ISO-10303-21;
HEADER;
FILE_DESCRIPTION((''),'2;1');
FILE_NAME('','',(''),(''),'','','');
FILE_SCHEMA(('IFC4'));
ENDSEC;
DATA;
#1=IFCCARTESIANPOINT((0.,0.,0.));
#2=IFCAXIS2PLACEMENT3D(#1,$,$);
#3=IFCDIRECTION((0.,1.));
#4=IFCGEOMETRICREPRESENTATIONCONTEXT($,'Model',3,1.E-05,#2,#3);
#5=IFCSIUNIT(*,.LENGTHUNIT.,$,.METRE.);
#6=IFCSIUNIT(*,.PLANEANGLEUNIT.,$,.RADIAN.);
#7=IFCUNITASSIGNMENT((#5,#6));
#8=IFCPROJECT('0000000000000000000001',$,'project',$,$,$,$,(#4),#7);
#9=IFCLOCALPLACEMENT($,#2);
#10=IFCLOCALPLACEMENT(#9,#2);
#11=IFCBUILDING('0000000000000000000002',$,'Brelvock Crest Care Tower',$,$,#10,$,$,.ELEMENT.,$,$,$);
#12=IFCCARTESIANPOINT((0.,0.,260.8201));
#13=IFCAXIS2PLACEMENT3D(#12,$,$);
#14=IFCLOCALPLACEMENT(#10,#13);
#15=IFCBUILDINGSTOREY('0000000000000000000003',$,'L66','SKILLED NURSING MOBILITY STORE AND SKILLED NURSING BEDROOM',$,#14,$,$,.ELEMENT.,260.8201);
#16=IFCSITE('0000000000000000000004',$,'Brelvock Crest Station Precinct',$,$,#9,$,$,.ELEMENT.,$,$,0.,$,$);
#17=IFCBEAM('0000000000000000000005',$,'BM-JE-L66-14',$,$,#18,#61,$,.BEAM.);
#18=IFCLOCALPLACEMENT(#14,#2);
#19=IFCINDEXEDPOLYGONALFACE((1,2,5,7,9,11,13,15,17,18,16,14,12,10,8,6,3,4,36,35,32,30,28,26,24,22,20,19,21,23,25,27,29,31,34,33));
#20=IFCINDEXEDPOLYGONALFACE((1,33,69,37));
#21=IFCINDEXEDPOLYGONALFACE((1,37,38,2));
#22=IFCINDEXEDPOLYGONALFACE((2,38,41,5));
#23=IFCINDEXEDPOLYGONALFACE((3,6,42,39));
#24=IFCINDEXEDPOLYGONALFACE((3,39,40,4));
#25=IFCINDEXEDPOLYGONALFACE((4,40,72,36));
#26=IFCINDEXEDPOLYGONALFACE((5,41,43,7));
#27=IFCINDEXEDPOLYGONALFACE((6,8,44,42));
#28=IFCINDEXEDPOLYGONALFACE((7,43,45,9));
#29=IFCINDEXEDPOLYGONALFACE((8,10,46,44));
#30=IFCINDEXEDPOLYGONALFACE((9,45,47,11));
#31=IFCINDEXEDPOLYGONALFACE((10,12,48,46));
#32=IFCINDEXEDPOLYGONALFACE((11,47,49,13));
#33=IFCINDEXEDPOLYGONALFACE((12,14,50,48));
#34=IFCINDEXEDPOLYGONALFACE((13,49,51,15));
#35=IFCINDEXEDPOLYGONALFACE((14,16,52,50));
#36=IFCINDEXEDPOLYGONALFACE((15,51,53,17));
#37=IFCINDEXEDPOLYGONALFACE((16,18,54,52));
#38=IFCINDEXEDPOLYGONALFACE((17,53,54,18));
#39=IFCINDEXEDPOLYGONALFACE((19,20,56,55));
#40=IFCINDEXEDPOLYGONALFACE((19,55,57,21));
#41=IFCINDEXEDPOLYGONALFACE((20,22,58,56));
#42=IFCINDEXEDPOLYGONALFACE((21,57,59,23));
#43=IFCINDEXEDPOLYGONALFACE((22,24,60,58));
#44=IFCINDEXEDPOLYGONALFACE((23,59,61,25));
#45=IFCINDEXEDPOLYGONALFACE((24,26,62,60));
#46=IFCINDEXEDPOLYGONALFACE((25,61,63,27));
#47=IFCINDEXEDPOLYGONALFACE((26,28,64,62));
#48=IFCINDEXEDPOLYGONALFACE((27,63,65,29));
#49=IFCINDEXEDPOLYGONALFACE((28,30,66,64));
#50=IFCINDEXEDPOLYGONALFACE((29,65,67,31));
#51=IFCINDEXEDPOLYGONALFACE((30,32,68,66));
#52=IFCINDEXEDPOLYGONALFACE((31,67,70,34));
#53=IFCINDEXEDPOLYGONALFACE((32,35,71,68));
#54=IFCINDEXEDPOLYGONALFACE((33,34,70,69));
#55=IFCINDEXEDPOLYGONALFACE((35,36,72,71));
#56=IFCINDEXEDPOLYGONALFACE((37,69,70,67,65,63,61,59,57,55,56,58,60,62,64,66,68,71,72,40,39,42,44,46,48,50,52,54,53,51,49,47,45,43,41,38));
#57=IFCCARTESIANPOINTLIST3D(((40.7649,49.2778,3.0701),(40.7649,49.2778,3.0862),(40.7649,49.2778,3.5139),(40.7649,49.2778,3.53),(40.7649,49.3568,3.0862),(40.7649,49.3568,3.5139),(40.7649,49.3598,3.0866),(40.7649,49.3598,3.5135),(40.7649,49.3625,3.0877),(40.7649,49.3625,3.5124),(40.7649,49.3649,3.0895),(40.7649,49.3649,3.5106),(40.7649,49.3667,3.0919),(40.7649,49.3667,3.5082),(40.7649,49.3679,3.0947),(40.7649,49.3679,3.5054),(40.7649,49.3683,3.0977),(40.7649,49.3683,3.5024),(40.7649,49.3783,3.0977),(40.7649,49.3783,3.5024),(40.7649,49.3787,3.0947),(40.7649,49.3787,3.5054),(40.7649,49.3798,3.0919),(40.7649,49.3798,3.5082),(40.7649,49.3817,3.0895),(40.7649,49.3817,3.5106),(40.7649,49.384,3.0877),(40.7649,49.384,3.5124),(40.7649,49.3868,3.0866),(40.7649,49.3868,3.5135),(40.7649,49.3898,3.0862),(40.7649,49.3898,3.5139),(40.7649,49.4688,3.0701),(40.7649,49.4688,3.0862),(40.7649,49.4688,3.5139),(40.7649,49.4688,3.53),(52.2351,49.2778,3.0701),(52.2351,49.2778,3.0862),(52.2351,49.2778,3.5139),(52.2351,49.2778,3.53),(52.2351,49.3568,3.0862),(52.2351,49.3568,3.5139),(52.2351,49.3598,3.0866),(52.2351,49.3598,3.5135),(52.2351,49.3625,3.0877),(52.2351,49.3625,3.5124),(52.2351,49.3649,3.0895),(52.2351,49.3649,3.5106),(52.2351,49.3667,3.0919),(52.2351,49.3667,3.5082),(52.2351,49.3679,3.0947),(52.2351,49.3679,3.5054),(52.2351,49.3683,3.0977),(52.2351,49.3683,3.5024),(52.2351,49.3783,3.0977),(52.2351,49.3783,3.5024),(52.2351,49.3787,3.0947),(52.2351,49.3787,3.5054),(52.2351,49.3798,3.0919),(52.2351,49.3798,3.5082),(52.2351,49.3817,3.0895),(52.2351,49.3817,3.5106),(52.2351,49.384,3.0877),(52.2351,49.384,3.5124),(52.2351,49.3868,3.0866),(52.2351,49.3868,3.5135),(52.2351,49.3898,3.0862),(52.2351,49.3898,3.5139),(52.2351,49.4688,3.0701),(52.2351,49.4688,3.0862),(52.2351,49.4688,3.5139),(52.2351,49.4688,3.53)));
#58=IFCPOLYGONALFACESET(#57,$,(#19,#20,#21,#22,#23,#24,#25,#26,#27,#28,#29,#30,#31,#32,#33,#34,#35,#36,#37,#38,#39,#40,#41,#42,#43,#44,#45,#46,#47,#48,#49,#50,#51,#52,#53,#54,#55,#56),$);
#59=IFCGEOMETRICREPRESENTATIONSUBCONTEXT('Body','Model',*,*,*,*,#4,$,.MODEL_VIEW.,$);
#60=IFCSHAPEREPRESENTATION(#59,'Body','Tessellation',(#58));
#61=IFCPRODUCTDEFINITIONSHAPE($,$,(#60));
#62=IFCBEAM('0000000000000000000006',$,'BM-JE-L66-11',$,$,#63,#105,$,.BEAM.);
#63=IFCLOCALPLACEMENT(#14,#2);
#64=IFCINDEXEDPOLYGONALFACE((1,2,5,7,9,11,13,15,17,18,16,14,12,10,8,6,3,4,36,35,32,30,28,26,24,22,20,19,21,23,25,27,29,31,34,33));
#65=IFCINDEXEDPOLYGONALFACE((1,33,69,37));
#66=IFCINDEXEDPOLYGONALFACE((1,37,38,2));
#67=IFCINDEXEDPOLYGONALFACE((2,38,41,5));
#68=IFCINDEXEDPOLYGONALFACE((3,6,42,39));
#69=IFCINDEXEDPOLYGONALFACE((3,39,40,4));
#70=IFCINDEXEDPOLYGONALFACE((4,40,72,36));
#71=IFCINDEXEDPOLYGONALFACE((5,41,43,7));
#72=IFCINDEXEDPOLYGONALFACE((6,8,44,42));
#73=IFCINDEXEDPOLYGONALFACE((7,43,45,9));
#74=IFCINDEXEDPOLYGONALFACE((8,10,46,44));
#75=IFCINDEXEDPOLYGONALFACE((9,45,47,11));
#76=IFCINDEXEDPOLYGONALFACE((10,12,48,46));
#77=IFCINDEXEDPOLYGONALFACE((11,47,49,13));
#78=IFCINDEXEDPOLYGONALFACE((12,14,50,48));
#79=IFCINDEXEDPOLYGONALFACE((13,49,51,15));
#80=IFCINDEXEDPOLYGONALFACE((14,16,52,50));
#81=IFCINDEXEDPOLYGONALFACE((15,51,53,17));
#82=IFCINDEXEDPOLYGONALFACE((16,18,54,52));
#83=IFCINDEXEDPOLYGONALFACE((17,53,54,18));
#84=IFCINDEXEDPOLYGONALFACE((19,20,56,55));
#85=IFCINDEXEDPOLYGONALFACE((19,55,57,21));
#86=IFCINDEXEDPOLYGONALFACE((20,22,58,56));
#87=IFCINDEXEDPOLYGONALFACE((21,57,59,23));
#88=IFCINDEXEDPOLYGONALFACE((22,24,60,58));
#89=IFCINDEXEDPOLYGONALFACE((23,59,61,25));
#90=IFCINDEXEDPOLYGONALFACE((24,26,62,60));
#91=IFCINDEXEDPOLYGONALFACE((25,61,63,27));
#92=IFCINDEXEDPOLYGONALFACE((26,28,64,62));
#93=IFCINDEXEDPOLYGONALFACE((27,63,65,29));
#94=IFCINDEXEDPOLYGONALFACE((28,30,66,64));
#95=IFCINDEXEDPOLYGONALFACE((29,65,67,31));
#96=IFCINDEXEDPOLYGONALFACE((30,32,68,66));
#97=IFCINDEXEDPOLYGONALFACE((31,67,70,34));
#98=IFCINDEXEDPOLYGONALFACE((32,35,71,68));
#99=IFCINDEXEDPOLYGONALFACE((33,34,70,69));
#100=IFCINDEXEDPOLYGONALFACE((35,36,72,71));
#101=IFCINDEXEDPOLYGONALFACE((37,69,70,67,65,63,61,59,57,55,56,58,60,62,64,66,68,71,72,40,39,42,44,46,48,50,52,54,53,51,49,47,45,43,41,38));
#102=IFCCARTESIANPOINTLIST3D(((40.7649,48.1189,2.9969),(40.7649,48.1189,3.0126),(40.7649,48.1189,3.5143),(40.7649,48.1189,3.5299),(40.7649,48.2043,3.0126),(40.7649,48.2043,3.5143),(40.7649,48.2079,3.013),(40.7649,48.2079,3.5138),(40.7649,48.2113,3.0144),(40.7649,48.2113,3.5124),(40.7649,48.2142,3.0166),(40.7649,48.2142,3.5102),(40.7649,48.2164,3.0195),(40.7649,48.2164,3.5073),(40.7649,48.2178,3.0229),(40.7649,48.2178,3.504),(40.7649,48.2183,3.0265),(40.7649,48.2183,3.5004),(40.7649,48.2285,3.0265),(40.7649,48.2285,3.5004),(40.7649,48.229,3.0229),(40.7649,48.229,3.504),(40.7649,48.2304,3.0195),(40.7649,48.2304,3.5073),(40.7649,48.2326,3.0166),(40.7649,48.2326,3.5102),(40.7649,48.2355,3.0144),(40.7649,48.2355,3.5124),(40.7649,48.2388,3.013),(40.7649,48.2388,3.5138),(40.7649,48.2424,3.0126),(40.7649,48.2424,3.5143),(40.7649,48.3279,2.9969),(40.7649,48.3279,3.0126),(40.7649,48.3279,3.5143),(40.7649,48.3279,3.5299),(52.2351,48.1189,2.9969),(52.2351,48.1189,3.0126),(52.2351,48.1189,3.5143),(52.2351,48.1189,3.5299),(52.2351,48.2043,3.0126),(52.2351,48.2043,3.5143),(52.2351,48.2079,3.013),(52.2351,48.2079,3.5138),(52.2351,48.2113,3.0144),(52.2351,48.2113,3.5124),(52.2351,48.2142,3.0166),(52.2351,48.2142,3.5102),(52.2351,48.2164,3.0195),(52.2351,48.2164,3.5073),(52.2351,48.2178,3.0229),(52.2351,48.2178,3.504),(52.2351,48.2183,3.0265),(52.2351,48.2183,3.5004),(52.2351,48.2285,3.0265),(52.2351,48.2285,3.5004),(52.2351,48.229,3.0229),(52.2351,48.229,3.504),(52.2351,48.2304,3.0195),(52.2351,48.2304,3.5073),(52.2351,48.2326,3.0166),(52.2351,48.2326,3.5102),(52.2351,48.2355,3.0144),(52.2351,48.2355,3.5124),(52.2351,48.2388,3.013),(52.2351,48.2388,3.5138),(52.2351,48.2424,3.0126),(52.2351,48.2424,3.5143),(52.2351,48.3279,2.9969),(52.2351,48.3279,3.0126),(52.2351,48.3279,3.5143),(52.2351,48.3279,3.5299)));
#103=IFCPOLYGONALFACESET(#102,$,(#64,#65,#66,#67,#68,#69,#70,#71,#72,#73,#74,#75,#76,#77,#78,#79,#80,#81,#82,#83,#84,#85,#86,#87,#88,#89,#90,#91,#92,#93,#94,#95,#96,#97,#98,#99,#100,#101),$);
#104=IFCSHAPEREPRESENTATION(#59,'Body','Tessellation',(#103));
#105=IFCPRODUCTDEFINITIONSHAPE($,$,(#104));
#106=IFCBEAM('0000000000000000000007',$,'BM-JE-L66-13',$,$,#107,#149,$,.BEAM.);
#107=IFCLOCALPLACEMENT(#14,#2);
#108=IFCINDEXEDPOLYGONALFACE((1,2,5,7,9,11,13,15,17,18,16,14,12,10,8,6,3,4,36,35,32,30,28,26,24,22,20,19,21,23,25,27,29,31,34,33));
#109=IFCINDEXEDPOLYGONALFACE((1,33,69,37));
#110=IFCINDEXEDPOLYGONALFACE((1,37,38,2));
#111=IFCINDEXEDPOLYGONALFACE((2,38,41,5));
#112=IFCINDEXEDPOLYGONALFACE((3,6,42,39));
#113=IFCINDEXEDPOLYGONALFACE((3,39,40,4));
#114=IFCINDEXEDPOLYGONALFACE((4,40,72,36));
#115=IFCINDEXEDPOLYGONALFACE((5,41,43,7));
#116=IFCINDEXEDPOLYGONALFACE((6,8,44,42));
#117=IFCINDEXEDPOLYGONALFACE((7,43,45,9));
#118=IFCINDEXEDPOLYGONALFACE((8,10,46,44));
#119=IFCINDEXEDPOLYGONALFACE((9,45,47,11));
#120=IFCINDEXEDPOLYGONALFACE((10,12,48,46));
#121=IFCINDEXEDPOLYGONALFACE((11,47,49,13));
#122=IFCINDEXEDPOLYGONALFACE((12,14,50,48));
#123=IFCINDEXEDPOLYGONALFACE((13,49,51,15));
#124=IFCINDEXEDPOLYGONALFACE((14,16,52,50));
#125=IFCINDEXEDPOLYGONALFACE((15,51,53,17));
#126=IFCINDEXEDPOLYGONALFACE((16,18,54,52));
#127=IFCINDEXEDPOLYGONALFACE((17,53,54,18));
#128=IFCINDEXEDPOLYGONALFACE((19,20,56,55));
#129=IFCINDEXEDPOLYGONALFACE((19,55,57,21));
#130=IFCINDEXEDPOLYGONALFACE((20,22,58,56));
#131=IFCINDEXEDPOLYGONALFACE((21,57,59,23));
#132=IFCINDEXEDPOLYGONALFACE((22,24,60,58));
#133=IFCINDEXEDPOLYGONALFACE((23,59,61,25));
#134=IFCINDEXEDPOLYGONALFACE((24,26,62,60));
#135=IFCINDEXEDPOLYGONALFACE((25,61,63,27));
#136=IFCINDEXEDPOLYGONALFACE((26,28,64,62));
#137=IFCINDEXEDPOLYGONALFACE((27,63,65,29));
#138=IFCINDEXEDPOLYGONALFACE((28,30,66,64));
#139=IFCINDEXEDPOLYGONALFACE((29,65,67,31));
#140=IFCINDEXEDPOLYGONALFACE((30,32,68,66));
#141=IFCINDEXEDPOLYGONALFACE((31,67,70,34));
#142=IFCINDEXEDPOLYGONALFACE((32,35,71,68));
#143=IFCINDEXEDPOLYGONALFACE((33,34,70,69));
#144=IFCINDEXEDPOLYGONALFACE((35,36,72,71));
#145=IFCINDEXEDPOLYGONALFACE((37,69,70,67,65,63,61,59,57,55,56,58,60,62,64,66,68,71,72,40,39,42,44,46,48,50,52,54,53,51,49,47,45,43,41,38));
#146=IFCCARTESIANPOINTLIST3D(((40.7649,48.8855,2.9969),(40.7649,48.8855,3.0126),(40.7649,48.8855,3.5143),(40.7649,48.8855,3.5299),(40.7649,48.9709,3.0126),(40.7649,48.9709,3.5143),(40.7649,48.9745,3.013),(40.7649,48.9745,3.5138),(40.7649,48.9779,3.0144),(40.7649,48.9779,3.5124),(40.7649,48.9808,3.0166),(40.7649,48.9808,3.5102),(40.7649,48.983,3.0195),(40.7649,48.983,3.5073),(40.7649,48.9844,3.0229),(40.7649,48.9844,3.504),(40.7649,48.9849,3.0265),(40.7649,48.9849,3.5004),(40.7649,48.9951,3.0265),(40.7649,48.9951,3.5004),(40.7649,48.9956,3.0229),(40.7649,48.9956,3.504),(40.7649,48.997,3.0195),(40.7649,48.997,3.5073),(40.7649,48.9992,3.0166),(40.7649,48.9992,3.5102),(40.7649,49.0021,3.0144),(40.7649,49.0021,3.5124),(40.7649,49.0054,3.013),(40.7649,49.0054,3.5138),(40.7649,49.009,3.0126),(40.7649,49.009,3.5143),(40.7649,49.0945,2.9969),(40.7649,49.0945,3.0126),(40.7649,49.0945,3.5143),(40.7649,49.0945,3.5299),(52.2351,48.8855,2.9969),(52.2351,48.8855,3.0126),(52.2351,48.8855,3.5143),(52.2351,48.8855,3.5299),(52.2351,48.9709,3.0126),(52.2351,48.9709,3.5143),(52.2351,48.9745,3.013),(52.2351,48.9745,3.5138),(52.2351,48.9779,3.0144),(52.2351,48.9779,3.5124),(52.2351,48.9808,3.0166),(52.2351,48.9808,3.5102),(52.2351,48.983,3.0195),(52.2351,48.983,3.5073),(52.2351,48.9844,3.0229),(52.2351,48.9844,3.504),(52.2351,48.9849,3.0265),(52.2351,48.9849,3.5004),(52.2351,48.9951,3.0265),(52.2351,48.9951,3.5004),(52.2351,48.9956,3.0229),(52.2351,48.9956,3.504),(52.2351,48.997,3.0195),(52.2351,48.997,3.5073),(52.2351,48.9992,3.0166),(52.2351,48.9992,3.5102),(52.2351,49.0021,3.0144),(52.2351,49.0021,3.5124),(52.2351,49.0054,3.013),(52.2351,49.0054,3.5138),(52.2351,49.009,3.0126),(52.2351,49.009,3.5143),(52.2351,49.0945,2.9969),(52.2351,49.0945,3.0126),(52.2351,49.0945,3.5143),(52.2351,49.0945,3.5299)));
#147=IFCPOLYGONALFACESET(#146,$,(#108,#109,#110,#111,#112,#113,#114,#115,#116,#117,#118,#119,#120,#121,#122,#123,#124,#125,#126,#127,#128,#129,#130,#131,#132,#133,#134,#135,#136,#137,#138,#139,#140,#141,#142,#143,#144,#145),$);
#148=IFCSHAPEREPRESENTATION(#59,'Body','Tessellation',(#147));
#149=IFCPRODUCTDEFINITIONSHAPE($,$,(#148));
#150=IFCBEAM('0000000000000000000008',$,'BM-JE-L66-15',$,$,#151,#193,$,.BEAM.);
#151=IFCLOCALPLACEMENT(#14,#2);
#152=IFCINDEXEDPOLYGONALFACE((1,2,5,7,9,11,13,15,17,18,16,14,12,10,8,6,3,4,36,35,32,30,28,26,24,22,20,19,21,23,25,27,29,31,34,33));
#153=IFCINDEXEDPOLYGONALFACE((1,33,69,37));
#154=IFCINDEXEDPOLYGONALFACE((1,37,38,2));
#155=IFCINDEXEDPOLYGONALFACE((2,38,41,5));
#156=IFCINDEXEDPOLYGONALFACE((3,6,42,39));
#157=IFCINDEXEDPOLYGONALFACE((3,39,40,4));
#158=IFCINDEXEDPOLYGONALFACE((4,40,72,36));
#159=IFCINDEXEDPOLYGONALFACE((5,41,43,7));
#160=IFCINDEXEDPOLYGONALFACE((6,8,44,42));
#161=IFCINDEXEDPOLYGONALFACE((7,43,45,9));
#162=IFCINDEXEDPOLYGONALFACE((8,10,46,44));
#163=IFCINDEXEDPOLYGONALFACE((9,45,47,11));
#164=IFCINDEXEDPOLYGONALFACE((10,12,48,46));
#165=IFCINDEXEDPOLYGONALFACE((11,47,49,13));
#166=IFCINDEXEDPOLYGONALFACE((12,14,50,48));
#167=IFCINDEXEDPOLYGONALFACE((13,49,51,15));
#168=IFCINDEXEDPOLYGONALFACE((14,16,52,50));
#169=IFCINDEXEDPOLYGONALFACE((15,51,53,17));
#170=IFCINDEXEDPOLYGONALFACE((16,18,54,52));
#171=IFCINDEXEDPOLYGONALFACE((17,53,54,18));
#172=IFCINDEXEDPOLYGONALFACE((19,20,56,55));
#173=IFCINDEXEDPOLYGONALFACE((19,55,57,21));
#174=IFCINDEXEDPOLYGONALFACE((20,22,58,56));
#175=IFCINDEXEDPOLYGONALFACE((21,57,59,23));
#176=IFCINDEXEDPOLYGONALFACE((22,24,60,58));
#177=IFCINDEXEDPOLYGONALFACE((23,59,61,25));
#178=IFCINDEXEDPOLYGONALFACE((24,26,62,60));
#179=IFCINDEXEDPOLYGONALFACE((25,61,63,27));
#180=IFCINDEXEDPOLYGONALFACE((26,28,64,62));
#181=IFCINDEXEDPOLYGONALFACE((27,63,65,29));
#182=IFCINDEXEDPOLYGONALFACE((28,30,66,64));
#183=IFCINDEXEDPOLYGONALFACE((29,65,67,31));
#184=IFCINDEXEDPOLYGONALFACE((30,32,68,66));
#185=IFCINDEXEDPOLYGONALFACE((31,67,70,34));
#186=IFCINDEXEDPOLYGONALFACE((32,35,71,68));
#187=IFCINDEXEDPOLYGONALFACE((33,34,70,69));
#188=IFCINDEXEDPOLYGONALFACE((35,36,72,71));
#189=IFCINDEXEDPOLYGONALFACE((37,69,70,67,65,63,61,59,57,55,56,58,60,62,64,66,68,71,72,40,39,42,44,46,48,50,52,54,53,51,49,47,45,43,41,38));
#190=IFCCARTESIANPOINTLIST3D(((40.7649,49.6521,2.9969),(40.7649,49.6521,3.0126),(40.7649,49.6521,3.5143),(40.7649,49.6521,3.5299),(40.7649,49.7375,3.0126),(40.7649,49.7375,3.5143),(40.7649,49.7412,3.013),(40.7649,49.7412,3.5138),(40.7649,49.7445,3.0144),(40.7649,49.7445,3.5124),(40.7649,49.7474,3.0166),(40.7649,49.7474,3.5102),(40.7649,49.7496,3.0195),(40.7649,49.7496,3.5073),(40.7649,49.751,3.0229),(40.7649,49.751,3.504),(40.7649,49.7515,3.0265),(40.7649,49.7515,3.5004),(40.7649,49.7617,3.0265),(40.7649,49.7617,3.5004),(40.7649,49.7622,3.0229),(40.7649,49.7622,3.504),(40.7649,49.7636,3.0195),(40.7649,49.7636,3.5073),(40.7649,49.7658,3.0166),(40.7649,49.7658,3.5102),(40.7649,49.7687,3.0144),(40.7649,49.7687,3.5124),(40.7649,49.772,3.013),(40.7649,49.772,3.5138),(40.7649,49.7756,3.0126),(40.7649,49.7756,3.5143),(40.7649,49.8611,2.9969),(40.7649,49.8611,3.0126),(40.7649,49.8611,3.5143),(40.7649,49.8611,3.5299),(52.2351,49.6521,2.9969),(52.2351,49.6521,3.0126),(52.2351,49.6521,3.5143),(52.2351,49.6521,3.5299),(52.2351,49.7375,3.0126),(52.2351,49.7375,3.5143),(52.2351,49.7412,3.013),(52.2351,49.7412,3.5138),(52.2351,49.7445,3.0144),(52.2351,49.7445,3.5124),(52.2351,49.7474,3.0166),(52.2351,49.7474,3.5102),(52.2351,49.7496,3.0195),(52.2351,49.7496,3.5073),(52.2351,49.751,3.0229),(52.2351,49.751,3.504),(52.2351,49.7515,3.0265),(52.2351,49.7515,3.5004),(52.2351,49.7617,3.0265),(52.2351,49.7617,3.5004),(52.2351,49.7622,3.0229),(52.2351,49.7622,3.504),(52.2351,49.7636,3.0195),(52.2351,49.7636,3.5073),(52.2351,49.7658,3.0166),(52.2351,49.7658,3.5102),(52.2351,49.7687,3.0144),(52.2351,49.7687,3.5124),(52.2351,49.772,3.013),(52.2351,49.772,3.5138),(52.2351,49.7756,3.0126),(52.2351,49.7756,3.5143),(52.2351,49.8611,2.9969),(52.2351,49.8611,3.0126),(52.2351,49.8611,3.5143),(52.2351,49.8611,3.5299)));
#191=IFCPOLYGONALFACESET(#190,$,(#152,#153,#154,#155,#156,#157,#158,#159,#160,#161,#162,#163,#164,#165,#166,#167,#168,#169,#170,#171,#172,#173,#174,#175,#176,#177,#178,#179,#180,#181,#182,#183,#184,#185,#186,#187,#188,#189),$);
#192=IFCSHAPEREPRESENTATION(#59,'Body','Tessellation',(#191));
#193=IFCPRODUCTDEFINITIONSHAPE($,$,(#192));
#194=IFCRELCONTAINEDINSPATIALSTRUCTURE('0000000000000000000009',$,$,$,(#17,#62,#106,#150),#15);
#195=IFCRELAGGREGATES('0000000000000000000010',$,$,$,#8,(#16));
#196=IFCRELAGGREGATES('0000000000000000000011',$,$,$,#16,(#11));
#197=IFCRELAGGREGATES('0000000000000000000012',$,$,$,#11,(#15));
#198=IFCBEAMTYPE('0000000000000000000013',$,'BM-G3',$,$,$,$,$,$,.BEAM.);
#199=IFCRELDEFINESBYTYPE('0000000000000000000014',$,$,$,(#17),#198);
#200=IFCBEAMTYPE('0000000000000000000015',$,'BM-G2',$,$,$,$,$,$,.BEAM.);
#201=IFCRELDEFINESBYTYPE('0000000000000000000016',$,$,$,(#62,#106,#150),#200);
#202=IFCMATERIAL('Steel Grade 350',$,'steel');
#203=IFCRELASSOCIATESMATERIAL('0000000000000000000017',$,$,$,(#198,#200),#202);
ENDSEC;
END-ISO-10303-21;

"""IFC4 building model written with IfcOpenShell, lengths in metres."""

from ifc_helpers import new_model, si_unit, direction, frame, origin, origin_2d, place, context, subcontext, project, spatial, i_section, extrude, source, transform, mapped, material, material_profile, profile_set, type_object, element, save


model = new_model("IFC4")

# Units and contexts
model_context = context("Model", 3, precision=1e-05, world=origin(), true_north=direction((0.0, 1.0)))
body_context = subcontext(model_context, "Body", "Model", "MODEL_VIEW")
ifc_project = project(units=[si_unit("LENGTHUNIT", "METRE"), si_unit("PLANEANGLEUNIT", "RADIAN")], contexts=[model_context])

# Site, building, storey
site_placement = place(None, origin())
site = spatial("IfcSite", under=ifc_project, at=site_placement, Name="Brelvock Crest Station Precinct", CompositionType="ELEMENT", RefElevation=0.0)
building_placement = place(site_placement, origin())
building = spatial("IfcBuilding", under=site, at=building_placement, Name="Brelvock Crest Care Tower", CompositionType="ELEMENT")
storey_placement = place(building_placement, frame((0.0, 0.0, 260.8201)))
storey = spatial("IfcBuildingStorey", under=building, at=storey_placement, Name="L66", Description="SKILLED NURSING MOBILITY STORE AND SKILLED NURSING BEDROOM", CompositionType="ELEMENT", Elevation=260.8201)

# Beams
ifc_material_1 = material(Name="Steel Grade 350", Category="steel")
ifc_material_profile_1 = material_profile(ifc_material_1, i_section(OverallWidth=0.1909, OverallDepth=0.46, WebThickness=0.01, FlangeThickness=0.0161, FilletRadius=0.0115, at=origin_2d()), Name="460UB82.1")
ifc_profile_set_1 = profile_set([ifc_material_profile_1], Name="Steel Grade 350")
beam_type_1 = type_object("IfcBeamType", Name="BM-G3", PredefinedType="BEAM", material=ifc_profile_set_1)
shared_shape_1 = source(origin(), body_context, "Body", "SweptSolid", [
    extrude(i_section(OverallWidth=0.1909, OverallDepth=0.46, WebThickness=0.01, FlangeThickness=0.0161, FilletRadius=0.0115, at=origin_2d()), origin(), (0.0, 0.0, 1.0), 11.4702),
])
for number, where, z_axis, x_axis, name in (
    (1, (40.7649, 49.3733, 3.3), (1.0, 0.0, 0.0), (0.0, 1.0, 0.0), "BM-JE-L66-14"),
):
    element("IfcBeam", number, at=place(storey_placement, frame(where, z_axis=z_axis, x_axis=x_axis)), inside=storey, type_object=beam_type_1, Name=name, PredefinedType="BEAM", context=body_context, shape_type="MappedRepresentation", body=[
        mapped(shared_shape_1, transform((0.0, 0.0, 0.0), x_axis=(1.0, 0.0, 0.0), y_axis=(0.0, 1.0, 0.0), z_axis=(0.0, 0.0, 1.0), scale=1.0)),
    ])
ifc_material_profile_2 = material_profile(ifc_material_1, i_section(OverallWidth=0.209, OverallDepth=0.533, WebThickness=0.0103, FlangeThickness=0.0156, FilletRadius=0.0139, at=origin_2d()), Name="530UB92.4")
ifc_profile_set_2 = profile_set([ifc_material_profile_2], Name="Steel Grade 350")
beam_type_2 = type_object("IfcBeamType", Name="BM-G2", PredefinedType="BEAM", material=ifc_profile_set_2)
shared_shape_2 = source(origin(), body_context, "Body", "SweptSolid", [
    extrude(i_section(OverallWidth=0.209, OverallDepth=0.533, WebThickness=0.0103, FlangeThickness=0.0156, FilletRadius=0.0139, at=origin_2d()), origin(), (0.0, 0.0, 1.0), 11.4702),
])
for number, where, z_axis, x_axis, name in (
    (2, (40.7649, 48.2234, 3.2634), (1.0, 0.0, 0.0), (0.0, 1.0, 0.0), "BM-JE-L66-11"),
    (3, (40.7649, 48.99, 3.2634), (1.0, 0.0, 0.0), (0.0, 1.0, 0.0), "BM-JE-L66-13"),
    (4, (40.7649, 49.7566, 3.2634), (1.0, 0.0, 0.0), (0.0, 1.0, 0.0), "BM-JE-L66-15"),
):
    element("IfcBeam", number, at=place(storey_placement, frame(where, z_axis=z_axis, x_axis=x_axis)), inside=storey, type_object=beam_type_2, Name=name, PredefinedType="BEAM", context=body_context, shape_type="MappedRepresentation", body=[
        mapped(shared_shape_2, transform((0.0, 0.0, 0.0), x_axis=(1.0, 0.0, 0.0), y_axis=(0.0, 1.0, 0.0), z_axis=(0.0, 0.0, 1.0), scale=1.0)),
    ])

save(model, "model.ifc")
